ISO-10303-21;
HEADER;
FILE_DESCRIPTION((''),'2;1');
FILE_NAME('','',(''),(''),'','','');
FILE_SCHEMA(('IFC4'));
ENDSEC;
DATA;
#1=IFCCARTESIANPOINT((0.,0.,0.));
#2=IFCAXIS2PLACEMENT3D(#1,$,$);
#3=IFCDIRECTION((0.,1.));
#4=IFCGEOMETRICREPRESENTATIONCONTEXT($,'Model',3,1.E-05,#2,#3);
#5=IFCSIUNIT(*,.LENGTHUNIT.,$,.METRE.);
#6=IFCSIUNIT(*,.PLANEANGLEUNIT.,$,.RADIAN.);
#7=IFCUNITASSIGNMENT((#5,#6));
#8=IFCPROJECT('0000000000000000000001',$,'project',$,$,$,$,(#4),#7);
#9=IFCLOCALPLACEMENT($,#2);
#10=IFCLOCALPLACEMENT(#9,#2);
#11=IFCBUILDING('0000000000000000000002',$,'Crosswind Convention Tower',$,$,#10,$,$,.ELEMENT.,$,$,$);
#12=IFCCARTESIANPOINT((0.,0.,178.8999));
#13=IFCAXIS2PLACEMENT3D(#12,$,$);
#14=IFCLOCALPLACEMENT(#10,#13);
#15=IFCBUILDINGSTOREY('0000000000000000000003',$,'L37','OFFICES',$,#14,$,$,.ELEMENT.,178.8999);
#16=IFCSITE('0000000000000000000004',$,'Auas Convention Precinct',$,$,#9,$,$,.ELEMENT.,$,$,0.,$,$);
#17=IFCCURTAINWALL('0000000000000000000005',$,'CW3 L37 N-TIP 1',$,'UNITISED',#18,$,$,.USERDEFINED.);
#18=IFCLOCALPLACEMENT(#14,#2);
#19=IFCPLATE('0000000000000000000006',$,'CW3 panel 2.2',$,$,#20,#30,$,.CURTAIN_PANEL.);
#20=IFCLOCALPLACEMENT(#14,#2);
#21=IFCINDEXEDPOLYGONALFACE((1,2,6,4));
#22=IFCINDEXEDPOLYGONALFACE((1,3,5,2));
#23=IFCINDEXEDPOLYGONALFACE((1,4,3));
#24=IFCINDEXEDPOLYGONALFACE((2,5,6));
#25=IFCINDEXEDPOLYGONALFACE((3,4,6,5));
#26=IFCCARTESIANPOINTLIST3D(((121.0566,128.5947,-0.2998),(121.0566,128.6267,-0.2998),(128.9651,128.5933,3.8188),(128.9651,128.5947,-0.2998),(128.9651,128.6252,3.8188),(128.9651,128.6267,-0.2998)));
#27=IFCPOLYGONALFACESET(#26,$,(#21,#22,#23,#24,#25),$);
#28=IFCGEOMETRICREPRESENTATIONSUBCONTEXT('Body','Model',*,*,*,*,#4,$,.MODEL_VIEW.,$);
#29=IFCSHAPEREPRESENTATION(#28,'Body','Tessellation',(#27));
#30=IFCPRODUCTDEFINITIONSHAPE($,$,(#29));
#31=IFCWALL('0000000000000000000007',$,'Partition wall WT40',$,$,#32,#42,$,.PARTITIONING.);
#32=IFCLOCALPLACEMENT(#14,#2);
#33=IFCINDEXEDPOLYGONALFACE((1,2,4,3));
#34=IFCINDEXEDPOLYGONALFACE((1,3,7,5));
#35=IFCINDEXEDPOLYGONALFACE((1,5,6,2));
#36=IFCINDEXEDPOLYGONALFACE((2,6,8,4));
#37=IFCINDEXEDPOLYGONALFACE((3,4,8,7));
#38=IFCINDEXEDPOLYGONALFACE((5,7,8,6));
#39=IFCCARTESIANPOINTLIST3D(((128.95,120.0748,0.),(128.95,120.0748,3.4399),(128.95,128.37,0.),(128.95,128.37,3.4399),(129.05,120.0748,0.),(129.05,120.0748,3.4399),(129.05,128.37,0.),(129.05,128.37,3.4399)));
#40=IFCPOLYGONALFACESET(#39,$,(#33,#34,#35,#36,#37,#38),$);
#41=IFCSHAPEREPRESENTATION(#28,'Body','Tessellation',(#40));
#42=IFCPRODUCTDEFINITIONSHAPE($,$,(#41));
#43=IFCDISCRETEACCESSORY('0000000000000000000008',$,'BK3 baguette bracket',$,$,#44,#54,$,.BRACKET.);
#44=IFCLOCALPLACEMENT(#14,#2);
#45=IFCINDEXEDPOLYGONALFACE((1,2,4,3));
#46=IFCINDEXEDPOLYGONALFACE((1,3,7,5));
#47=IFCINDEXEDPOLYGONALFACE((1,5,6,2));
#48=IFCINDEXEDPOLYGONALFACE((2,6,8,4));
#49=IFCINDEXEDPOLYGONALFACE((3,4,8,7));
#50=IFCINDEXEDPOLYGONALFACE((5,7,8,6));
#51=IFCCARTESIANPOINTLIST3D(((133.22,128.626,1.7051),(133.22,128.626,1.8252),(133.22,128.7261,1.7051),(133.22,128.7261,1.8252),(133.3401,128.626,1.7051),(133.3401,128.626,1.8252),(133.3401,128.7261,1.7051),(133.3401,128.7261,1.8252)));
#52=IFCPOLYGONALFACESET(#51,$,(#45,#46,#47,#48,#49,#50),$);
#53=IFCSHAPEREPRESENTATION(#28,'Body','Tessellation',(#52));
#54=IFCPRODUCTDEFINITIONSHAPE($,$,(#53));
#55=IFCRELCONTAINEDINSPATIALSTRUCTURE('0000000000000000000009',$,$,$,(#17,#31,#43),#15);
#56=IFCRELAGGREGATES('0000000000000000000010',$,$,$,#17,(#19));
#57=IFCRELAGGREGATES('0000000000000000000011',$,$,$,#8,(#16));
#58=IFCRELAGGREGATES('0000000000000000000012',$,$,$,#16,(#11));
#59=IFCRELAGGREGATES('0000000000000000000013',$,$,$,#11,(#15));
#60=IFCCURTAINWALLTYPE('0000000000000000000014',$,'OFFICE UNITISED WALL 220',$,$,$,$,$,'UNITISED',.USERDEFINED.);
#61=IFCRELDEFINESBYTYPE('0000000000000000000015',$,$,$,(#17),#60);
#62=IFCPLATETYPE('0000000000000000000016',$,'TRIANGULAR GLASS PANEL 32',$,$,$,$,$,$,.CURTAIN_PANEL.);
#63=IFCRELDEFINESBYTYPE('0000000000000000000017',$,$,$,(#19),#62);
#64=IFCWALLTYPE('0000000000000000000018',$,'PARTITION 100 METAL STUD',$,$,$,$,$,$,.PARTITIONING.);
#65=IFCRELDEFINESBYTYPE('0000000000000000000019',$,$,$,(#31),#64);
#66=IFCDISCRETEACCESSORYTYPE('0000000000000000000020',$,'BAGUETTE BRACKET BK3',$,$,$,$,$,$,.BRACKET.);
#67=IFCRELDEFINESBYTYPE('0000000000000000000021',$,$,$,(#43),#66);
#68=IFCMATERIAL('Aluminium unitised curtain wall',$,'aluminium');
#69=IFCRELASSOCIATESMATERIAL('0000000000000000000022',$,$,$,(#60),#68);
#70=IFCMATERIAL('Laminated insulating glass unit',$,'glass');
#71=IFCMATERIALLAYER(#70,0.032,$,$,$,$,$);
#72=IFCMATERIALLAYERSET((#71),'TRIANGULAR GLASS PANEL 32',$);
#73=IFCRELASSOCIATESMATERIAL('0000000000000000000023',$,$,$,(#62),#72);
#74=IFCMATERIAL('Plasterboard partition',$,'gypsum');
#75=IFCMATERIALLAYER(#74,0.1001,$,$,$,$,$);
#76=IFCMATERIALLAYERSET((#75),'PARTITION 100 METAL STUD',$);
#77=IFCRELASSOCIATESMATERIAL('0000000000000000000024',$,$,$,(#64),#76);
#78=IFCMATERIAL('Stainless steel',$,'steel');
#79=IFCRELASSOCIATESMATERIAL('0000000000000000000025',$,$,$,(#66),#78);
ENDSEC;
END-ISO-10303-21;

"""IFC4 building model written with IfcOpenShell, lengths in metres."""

from ifc_helpers import new_model, si_unit, direction, frame, frame_2d, origin, origin_2d, place, context, subcontext, project, spatial, polyline, rectangle, outline, extrude, material, layer, layer_set, type_object, element, aggregate, save


model = new_model("IFC4")

# Units and contexts
model_context = context("Model", 3, precision=1e-05, world=origin(), true_north=direction((0.0, 1.0)))
body_context = subcontext(model_context, "Body", "Model", "MODEL_VIEW")
ifc_project = project(units=[si_unit("LENGTHUNIT", "METRE"), si_unit("PLANEANGLEUNIT", "RADIAN")], contexts=[model_context])

# Site, building, storey
site_placement = place(None, origin())
site = spatial("IfcSite", under=ifc_project, at=site_placement, Name="Auas Convention Precinct", CompositionType="ELEMENT", RefElevation=0.0)
building_placement = place(site_placement, origin())
building = spatial("IfcBuilding", under=site, at=building_placement, Name="Crosswind Convention Tower", CompositionType="ELEMENT")
storey_placement = place(building_placement, frame((0.0, 0.0, 178.8999)))
storey = spatial("IfcBuildingStorey", under=building, at=storey_placement, Name="L37", Description="OFFICES", CompositionType="ELEMENT", Elevation=178.8999)

# Curtain wall
ifc_material_1 = material(Name="Aluminium unitised curtain wall", Category="aluminium")
curtain_wall_type = type_object("IfcCurtainWallType", Name="OFFICE UNITISED WALL 220", ElementType="UNITISED", PredefinedType="USERDEFINED", material=ifc_material_1)
curtain_wall_placement = place(storey_placement, origin())
curtain_wall = element("IfcCurtainWall", 1, at=curtain_wall_placement, inside=storey, type_object=curtain_wall_type, Name="CW3 L37 N-TIP 1", ObjectType="UNITISED", PredefinedType="USERDEFINED")

# Plate
ifc_material_2 = material(Name="Laminated insulating glass unit", Category="glass")
ifc_layer_1 = layer(ifc_material_2, 0.032)
ifc_layer_set_1 = layer_set([ifc_layer_1], Name="TRIANGULAR GLASS PANEL 32")
plate_type = type_object("IfcPlateType", Name="TRIANGULAR GLASS PANEL 32", PredefinedType="CURTAIN_PANEL", material=ifc_layer_set_1)
plate_1_placement = place(storey_placement, frame((128.9651, 128.6267, -0.2998), z_axis=(0.0, 1.0, 0.000356), x_axis=(-1.0, 0.0, 0.0)))
plate_1 = element("IfcPlate", 2, at=plate_1_placement, type_object=plate_type, Name="CW3 panel 2.2", PredefinedType="CURTAIN_PANEL", context=body_context, shape_type="SweptSolid", body=[
    extrude(outline(polyline([(0.0, 0.0), (7.9084, 0.0), (0.0, 4.1187), (0.0, 0.0)])), origin(), (0.0, 0.0, -1.0), 0.032),
])
aggregate(curtain_wall, [plate_1])

# Wall
ifc_material_3 = material(Name="Plasterboard partition", Category="gypsum")
ifc_layer_2 = layer(ifc_material_3, 0.1001)
ifc_layer_set_2 = layer_set([ifc_layer_2], Name="PARTITION 100 METAL STUD")
wall_type = type_object("IfcWallType", Name="PARTITION 100 METAL STUD", PredefinedType="PARTITIONING", material=ifc_layer_set_2)
wall_placement = place(storey_placement, frame((129.0, 120.075, 0.0), z_axis=(0.0, 0.0, 1.0), x_axis=(0.0, 1.0, 0.0)))
element("IfcWall", 3, at=wall_placement, inside=storey, type_object=wall_type, Name="Partition wall WT40", PredefinedType="PARTITIONING", context=body_context, shape_type="SweptSolid", body=[
    extrude(rectangle(XDim=8.2952, YDim=0.1001, at=frame_2d((4.1475, 0.0))), origin(), (0.0, 0.0, 1.0), 3.4399),
])

# Discrete accessory
ifc_material_4 = material(Name="Stainless steel", Category="steel")
discrete_accessory_type = type_object("IfcDiscreteAccessoryType", Name="BAGUETTE BRACKET BK3", PredefinedType="BRACKET", material=ifc_material_4)
discrete_accessory_placement = place(storey_placement, frame((133.28, 128.676, 1.7051), z_axis=(0.0, 0.0, 1.0), x_axis=(-1.0, 0.0, 0.0)))
element("IfcDiscreteAccessory", 4, at=discrete_accessory_placement, inside=storey, type_object=discrete_accessory_type, Name="BK3 baguette bracket", PredefinedType="BRACKET", context=body_context, shape_type="SweptSolid", body=[
    extrude(rectangle(XDim=0.1201, YDim=0.1001, at=origin_2d()), origin(), (0.0, 0.0, 1.0), 0.1201),
])

save(model, "model.ifc")
